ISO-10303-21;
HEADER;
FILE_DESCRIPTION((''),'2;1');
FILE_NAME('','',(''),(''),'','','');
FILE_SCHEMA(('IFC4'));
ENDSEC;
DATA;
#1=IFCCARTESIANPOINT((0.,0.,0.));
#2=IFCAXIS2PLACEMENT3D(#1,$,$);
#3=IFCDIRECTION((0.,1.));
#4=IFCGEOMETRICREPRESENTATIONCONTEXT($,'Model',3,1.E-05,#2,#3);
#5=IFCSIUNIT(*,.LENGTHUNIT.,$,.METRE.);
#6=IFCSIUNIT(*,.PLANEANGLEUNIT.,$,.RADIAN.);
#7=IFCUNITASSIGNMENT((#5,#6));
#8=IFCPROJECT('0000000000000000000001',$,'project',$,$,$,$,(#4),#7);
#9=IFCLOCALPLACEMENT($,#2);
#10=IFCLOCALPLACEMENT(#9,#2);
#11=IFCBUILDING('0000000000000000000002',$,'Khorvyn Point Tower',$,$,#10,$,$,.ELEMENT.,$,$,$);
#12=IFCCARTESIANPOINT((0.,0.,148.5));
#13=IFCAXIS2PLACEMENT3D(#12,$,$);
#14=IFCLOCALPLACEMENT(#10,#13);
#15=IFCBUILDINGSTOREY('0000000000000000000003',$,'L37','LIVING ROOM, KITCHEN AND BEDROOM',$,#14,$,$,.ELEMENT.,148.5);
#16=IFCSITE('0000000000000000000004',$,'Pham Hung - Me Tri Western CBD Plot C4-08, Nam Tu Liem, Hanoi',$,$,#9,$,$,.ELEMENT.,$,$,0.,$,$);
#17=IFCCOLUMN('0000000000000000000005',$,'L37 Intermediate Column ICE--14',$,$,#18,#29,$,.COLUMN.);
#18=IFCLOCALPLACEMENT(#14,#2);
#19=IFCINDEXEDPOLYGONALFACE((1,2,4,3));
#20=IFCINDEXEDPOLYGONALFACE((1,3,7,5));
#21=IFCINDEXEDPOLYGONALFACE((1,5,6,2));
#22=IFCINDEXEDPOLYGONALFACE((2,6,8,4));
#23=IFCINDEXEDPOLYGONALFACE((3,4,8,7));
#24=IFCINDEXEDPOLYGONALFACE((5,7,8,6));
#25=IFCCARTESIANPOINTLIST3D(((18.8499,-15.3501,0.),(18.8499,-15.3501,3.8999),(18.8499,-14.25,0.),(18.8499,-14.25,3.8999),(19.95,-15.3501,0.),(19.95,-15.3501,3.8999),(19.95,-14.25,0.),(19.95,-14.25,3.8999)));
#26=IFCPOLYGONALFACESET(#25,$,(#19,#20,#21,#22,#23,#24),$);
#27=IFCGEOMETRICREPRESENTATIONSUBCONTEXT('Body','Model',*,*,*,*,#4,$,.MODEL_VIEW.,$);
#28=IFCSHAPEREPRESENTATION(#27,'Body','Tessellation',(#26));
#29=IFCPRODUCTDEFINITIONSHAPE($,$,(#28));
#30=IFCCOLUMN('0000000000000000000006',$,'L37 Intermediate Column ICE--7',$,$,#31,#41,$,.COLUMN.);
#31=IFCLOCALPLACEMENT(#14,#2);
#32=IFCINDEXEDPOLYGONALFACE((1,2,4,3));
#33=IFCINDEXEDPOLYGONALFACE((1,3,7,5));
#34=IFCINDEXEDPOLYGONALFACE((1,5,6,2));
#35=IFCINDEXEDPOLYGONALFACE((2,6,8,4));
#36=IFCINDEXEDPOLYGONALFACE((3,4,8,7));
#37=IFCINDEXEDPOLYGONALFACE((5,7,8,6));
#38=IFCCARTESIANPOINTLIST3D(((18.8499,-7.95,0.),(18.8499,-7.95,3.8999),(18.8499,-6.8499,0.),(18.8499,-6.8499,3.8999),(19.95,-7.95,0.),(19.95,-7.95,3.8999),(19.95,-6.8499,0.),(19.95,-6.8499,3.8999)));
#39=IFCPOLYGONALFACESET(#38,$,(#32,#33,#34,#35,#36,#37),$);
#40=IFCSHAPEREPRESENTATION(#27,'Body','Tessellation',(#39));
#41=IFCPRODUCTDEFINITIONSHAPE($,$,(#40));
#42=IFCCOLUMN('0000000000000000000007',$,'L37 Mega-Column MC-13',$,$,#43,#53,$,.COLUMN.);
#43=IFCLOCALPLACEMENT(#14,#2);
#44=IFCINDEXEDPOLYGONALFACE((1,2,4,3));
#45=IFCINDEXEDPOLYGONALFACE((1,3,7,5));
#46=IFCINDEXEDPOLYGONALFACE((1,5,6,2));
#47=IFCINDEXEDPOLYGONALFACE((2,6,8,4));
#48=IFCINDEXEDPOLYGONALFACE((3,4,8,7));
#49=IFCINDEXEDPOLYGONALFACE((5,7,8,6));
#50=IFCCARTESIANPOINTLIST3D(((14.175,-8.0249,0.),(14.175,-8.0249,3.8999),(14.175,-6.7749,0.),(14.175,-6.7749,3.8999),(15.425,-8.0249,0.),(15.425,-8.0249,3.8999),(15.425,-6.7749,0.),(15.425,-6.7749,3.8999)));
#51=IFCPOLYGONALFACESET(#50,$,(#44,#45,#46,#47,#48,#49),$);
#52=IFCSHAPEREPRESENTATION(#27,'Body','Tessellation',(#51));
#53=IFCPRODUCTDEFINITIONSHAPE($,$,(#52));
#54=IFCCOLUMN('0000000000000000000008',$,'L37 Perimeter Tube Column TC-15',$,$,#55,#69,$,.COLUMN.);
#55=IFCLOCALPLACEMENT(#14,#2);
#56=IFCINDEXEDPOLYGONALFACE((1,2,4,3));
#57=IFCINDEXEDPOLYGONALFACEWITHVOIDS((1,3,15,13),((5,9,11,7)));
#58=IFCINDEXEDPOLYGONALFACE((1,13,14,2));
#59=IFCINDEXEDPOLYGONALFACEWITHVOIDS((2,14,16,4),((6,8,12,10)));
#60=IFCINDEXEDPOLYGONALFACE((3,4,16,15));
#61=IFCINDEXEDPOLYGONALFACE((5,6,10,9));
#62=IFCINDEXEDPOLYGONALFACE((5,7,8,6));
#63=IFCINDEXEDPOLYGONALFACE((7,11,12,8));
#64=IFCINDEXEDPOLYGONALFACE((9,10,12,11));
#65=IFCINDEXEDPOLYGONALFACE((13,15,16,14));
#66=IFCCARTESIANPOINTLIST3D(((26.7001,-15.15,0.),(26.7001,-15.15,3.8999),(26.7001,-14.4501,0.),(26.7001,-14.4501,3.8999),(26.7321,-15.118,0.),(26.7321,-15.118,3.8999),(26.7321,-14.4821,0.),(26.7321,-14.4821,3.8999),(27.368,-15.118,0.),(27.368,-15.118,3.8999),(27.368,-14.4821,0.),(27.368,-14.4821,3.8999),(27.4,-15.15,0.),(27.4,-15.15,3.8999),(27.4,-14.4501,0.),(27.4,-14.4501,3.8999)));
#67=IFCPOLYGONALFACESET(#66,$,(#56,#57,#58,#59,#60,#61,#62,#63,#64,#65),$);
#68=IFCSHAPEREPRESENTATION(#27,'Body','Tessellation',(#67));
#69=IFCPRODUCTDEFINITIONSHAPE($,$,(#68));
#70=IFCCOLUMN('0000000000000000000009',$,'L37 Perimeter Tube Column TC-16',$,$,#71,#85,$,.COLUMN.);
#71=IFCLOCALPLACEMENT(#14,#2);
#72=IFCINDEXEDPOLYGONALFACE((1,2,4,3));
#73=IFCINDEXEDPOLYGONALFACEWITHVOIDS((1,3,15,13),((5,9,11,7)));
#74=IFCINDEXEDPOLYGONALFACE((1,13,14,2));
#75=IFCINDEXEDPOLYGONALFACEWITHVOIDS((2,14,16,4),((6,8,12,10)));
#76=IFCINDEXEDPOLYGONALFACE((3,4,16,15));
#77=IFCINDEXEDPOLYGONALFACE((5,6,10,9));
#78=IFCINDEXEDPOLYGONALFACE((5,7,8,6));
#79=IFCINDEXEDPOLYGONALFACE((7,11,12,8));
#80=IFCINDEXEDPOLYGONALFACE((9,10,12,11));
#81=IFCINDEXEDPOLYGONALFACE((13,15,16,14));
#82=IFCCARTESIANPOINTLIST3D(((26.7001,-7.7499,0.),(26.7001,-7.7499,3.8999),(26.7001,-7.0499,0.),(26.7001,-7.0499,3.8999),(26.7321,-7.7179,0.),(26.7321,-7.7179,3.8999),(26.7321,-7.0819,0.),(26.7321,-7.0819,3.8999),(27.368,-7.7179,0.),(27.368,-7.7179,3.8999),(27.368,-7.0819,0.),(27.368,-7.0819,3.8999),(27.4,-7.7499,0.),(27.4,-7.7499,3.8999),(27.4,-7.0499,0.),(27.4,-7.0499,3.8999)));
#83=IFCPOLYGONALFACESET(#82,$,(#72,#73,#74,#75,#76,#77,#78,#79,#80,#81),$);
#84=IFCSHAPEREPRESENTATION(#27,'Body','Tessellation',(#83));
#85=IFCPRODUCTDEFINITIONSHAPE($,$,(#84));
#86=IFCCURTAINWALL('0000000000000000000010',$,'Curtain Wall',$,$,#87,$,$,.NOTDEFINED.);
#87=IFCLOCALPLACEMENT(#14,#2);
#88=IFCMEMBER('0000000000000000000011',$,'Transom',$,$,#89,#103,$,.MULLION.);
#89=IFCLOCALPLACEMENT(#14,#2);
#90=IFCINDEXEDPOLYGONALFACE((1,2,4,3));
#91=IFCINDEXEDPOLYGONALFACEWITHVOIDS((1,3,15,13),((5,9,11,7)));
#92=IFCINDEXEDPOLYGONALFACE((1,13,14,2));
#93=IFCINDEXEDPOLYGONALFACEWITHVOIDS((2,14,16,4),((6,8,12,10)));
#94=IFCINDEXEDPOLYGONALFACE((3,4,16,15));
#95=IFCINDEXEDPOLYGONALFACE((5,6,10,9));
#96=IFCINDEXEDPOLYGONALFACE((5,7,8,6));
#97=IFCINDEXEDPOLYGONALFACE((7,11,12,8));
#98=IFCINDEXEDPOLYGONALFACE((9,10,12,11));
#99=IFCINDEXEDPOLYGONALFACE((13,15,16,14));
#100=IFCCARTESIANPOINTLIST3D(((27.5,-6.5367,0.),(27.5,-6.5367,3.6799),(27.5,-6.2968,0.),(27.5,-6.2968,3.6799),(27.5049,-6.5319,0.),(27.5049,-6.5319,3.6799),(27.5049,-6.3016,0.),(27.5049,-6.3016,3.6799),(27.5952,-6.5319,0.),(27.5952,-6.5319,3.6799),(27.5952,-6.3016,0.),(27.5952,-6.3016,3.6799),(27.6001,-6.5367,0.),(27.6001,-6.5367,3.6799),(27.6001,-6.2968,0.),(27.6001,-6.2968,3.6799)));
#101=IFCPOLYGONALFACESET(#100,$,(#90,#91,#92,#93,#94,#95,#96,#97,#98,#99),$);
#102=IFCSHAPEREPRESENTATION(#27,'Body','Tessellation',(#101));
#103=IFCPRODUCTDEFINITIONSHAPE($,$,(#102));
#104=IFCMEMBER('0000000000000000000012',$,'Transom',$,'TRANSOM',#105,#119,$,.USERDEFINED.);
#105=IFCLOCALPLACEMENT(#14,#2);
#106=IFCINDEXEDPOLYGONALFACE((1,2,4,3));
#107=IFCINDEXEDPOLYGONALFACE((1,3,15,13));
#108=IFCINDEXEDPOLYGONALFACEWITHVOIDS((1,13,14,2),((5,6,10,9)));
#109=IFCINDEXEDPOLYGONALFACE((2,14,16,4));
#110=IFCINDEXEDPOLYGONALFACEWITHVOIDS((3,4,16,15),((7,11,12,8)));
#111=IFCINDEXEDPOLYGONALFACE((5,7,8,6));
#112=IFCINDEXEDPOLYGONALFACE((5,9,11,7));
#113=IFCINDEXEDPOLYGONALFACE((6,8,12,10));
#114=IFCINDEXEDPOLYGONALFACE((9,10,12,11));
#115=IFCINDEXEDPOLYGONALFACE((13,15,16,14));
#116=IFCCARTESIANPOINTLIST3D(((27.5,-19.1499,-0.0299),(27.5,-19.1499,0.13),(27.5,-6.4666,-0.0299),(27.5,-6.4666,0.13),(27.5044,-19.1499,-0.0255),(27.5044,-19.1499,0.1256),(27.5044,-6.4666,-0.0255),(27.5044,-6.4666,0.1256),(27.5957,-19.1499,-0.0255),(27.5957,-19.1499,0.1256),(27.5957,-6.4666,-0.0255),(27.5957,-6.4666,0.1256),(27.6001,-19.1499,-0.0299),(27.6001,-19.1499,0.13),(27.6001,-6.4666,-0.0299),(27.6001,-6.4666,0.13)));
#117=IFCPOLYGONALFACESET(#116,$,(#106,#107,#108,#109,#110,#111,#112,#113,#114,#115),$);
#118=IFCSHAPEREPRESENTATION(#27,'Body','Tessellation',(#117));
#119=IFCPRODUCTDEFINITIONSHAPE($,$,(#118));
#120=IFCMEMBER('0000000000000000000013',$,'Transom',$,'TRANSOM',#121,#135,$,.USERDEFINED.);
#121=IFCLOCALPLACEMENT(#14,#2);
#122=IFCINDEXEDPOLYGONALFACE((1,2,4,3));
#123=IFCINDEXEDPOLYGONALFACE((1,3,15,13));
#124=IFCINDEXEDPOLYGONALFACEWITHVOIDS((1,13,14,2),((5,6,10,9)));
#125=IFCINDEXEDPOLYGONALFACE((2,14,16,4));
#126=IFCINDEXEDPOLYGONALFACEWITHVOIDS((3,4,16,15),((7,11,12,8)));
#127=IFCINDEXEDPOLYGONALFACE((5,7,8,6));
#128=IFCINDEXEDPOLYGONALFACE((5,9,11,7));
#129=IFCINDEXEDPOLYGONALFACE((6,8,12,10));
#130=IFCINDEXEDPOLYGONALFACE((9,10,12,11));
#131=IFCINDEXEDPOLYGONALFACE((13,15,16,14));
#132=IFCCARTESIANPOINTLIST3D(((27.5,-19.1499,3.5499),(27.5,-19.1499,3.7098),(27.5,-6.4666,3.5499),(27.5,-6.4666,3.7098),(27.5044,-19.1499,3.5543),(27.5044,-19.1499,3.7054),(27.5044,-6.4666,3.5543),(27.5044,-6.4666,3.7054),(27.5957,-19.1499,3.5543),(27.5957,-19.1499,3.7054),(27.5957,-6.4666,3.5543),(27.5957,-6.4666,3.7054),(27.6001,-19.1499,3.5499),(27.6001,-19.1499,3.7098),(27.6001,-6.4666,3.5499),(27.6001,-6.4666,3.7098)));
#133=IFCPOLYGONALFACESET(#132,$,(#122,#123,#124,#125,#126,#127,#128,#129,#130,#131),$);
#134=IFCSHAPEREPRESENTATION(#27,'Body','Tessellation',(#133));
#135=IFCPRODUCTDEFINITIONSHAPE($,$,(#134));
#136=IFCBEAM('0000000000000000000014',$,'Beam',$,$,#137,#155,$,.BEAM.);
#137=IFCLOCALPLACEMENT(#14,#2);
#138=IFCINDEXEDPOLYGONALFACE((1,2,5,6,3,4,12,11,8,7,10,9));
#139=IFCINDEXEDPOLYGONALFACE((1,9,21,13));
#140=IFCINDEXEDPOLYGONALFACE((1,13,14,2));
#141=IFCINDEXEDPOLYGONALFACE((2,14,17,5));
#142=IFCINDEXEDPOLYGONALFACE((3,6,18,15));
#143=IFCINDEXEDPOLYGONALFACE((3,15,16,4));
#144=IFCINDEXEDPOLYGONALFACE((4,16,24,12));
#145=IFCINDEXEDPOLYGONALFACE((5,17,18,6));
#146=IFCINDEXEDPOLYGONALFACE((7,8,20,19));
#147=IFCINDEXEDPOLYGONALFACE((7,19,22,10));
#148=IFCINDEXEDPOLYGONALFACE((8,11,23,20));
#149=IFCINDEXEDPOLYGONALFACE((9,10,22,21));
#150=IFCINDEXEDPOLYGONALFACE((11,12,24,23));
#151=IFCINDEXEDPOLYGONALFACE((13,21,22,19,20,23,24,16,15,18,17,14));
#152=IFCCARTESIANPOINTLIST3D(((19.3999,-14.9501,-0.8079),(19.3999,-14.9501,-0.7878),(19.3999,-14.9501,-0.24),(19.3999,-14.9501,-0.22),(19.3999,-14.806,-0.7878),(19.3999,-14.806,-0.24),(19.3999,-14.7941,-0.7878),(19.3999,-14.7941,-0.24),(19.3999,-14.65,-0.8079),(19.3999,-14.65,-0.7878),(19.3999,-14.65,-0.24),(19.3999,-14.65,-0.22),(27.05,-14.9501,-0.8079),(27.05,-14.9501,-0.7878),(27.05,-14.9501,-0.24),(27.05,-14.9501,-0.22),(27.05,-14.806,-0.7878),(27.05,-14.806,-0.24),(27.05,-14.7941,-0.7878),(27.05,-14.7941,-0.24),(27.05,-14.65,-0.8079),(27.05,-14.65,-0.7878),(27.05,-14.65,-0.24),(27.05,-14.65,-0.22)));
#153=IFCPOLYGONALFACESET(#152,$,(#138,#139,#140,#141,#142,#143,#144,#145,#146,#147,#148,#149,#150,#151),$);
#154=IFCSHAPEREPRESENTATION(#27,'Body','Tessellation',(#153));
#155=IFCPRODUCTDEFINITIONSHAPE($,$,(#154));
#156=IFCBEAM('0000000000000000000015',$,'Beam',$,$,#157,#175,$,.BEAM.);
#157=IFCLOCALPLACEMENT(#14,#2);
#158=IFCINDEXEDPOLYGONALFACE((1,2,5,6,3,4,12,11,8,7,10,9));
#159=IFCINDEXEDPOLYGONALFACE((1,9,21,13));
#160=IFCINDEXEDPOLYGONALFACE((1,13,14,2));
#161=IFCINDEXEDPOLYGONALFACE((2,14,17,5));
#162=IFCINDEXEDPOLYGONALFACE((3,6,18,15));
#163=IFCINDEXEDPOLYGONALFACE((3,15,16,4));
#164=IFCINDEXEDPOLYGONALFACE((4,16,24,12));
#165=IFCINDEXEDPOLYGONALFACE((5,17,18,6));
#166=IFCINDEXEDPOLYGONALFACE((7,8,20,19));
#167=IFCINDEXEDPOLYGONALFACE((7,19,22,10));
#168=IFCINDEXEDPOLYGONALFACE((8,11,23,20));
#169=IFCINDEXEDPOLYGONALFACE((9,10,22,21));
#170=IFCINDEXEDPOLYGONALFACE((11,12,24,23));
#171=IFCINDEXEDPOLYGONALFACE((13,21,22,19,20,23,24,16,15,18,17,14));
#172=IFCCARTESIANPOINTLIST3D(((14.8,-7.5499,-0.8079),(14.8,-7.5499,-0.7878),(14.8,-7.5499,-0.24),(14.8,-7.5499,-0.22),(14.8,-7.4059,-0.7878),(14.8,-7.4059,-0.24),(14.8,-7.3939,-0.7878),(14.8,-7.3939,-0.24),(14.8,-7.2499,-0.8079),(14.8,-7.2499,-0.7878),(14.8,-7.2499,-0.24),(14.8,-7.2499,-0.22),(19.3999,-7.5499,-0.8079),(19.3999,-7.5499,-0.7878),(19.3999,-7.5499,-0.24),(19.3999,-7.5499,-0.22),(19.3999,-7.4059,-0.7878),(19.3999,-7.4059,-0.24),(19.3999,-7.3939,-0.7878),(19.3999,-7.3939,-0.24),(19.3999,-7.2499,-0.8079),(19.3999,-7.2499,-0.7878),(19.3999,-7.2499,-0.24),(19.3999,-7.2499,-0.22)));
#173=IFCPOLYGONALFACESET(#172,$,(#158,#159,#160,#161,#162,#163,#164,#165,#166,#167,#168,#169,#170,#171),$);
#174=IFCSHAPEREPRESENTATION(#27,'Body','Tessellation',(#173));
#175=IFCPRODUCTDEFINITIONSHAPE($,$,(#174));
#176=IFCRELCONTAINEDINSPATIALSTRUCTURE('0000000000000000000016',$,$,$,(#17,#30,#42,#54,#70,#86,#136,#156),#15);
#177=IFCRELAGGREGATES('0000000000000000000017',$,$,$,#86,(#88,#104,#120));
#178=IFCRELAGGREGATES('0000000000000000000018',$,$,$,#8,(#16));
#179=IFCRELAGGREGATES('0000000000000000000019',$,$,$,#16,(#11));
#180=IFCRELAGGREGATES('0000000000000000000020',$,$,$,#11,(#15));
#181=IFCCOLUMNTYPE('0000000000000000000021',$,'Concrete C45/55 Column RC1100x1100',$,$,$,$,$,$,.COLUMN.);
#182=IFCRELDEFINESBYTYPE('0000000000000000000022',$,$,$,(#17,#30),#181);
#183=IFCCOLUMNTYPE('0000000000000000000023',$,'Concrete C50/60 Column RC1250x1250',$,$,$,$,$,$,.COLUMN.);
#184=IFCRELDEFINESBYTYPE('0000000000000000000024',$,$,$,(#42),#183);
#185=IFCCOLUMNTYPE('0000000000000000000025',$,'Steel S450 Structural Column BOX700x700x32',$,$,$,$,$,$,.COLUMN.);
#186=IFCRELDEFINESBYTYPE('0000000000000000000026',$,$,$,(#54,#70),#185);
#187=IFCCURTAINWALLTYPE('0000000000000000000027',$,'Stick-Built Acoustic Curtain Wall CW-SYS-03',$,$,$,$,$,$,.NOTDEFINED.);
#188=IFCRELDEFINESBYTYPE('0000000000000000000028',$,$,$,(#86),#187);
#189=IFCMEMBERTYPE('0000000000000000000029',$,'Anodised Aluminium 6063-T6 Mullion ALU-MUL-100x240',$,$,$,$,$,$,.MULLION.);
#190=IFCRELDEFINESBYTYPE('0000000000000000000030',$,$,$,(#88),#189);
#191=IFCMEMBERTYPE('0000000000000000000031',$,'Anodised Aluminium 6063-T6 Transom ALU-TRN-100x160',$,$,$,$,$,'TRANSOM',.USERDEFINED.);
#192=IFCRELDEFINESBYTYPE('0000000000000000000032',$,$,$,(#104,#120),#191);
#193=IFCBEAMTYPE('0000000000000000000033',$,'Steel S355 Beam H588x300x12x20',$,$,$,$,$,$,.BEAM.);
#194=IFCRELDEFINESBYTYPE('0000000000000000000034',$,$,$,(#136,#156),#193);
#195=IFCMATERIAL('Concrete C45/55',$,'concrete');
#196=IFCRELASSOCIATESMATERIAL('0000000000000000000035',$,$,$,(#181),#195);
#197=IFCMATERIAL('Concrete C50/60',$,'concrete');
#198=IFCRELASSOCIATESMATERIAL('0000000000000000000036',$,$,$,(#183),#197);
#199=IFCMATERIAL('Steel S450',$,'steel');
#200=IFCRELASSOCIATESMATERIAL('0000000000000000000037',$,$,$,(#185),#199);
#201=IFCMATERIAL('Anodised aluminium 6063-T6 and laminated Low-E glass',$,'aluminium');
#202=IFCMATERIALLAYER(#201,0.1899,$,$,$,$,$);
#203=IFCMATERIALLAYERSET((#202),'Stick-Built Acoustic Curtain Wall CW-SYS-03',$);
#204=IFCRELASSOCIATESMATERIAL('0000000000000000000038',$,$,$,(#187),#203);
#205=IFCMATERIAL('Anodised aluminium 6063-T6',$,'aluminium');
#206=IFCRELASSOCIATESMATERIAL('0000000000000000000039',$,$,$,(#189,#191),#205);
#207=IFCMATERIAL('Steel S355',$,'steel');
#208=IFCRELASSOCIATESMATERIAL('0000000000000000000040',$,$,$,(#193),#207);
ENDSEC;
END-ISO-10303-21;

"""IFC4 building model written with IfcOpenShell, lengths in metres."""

from ifc_helpers import new_model, si_unit, direction, frame, origin, origin_2d, place, context, subcontext, project, spatial, rectangle, hollow_rectangle, i_section, extrude, material, layer, layer_set, material_profile, profile_set, type_object, element, aggregate, save


model = new_model("IFC4")

# Units and contexts
model_context = context("Model", 3, precision=1e-05, world=origin(), true_north=direction((0.0, 1.0)))
body_context = subcontext(model_context, "Body", "Model", "MODEL_VIEW")
ifc_project = project(units=[si_unit("LENGTHUNIT", "METRE"), si_unit("PLANEANGLEUNIT", "RADIAN")], contexts=[model_context])

# Site, building, storey
site_placement = place(None, origin())
site = spatial("IfcSite", under=ifc_project, at=site_placement, Name="Pham Hung - Me Tri Western CBD Plot C4-08, Nam Tu Liem, Hanoi", CompositionType="ELEMENT", RefElevation=0.0)
building_placement = place(site_placement, origin())
building = spatial("IfcBuilding", under=site, at=building_placement, Name="Khorvyn Point Tower", CompositionType="ELEMENT")
storey_placement = place(building_placement, frame((0.0, 0.0, 148.5)))
storey = spatial("IfcBuildingStorey", under=building, at=storey_placement, Name="L37", Description="LIVING ROOM, KITCHEN AND BEDROOM", CompositionType="ELEMENT", Elevation=148.5)

# Columns
ifc_material_1 = material(Name="Concrete C45/55", Category="concrete")
ifc_material_profile_1 = material_profile(ifc_material_1, rectangle(XDim=1.1001, YDim=1.1001, at=origin_2d()))
ifc_profile_set_1 = profile_set([ifc_material_profile_1], Name="Concrete C45/55 RC1100x1100")
column_type_1 = type_object("IfcColumnType", Name="Concrete C45/55 Column RC1100x1100", PredefinedType="COLUMN", material=ifc_profile_set_1)
for number, where, z_axis, x_axis, name in (
    (1, (19.3999, -14.8, 0.0), (0.0, 0.0, 1.0), (1.0, 0.0, 0.0), "L37 Intermediate Column ICE--14"),
    (2, (19.3999, -7.3999, 0.0), (0.0, 0.0, 1.0), (1.0, 0.0, 0.0), "L37 Intermediate Column ICE--7"),
):
    element("IfcColumn", number, at=place(storey_placement, frame(where, z_axis=z_axis, x_axis=x_axis)), inside=storey, type_object=column_type_1, Name=name, PredefinedType="COLUMN", context=body_context, shape_type="SweptSolid", body=[
        extrude(rectangle(XDim=1.1001, YDim=1.1001, at=origin_2d()), origin(), (0.0, 0.0, 1.0), 3.8999),
    ])
ifc_material_2 = material(Name="Concrete C50/60", Category="concrete")
ifc_material_profile_2 = material_profile(ifc_material_2, rectangle(XDim=1.25, YDim=1.25, at=origin_2d()))
ifc_profile_set_2 = profile_set([ifc_material_profile_2], Name="Concrete C50/60 RC1250x1250")
column_type_2 = type_object("IfcColumnType", Name="Concrete C50/60 Column RC1250x1250", PredefinedType="COLUMN", material=ifc_profile_set_2)
column_placement = place(storey_placement, frame((14.8, -7.3999, 0.0), z_axis=(0.0, 0.0, 1.0), x_axis=(1.0, 0.0, 0.0)))
element("IfcColumn", 3, at=column_placement, inside=storey, type_object=column_type_2, Name="L37 Mega-Column MC-13", PredefinedType="COLUMN", context=body_context, shape_type="SweptSolid", body=[
    extrude(rectangle(XDim=1.25, YDim=1.25, at=origin_2d()), origin(), (0.0, 0.0, 1.0), 3.8999),
])
ifc_material_3 = material(Name="Steel S450", Category="steel")
ifc_material_profile_3 = material_profile(ifc_material_3, hollow_rectangle(XDim=0.7, YDim=0.7, WallThickness=0.032, at=origin_2d()))
ifc_profile_set_3 = profile_set([ifc_material_profile_3], Name="Steel S450 BOX700x700x32")
column_type_3 = type_object("IfcColumnType", Name="Steel S450 Structural Column BOX700x700x32", PredefinedType="COLUMN", material=ifc_profile_set_3)
for number, where, z_axis, x_axis, name in (
    (4, (27.05, -14.8, 0.0), (0.0, 0.0, 1.0), (1.0, 0.0, 0.0), "L37 Perimeter Tube Column TC-15"),
    (5, (27.05, -7.3999, 0.0), (0.0, 0.0, 1.0), (1.0, 0.0, 0.0), "L37 Perimeter Tube Column TC-16"),
):
    element("IfcColumn", number, at=place(storey_placement, frame(where, z_axis=z_axis, x_axis=x_axis)), inside=storey, type_object=column_type_3, Name=name, PredefinedType="COLUMN", context=body_context, shape_type="SweptSolid", body=[
        extrude(hollow_rectangle(XDim=0.7, YDim=0.7, WallThickness=0.032, at=origin_2d()), origin(), (0.0, 0.0, 1.0), 3.8999),
    ])

# Curtain wall, members
ifc_material_4 = material(Name="Anodised aluminium 6063-T6 and laminated Low-E glass", Category="aluminium")
ifc_layer_1 = layer(ifc_material_4, 0.1899)
ifc_layer_set_1 = layer_set([ifc_layer_1], Name="Stick-Built Acoustic Curtain Wall CW-SYS-03")
curtain_wall_type = type_object("IfcCurtainWallType", Name="Stick-Built Acoustic Curtain Wall CW-SYS-03", PredefinedType="NOTDEFINED", material=ifc_layer_set_1)
curtain_wall_placement = place(storey_placement, origin())
curtain_wall = element("IfcCurtainWall", 6, at=curtain_wall_placement, inside=storey, type_object=curtain_wall_type, Name="Curtain Wall", PredefinedType="NOTDEFINED")
ifc_material_5 = material(Name="Anodised aluminium 6063-T6", Category="aluminium")
ifc_material_profile_4 = material_profile(ifc_material_5, hollow_rectangle(XDim=0.1001, YDim=0.24, WallThickness=0.0049, at=origin_2d()))
ifc_profile_set_4 = profile_set([ifc_material_profile_4], Name="Anodised aluminium 6063-T6 ALU-MUL-100x240")
member_type_1 = type_object("IfcMemberType", Name="Anodised Aluminium 6063-T6 Mullion ALU-MUL-100x240", PredefinedType="MULLION", material=ifc_profile_set_4)
member_1_placement = place(storey_placement, frame((27.55, -6.4167, 0.0), z_axis=(0.0, 0.0, 1.0), x_axis=(1.0, 0.0, 0.0)))
member_1 = element("IfcMember", 7, at=member_1_placement, type_object=member_type_1, Name="Transom", PredefinedType="MULLION", context=body_context, shape_type="SweptSolid", body=[
    extrude(hollow_rectangle(XDim=0.1001, YDim=0.24, WallThickness=0.0049, at=origin_2d()), origin(), (0.0, 0.0, 1.0), 3.6799),
])
ifc_material_profile_5 = material_profile(ifc_material_5, hollow_rectangle(XDim=0.1001, YDim=0.1599, WallThickness=0.0044, at=origin_2d()))
ifc_profile_set_5 = profile_set([ifc_material_profile_5], Name="Anodised aluminium 6063-T6 ALU-TRN-100x160")
member_type_2 = type_object("IfcMemberType", Name="Anodised Aluminium 6063-T6 Transom ALU-TRN-100x160", ElementType="TRANSOM", PredefinedType="USERDEFINED", material=ifc_profile_set_5)
member_2_placement = place(storey_placement, frame((27.55, -6.4666, 0.05), z_axis=(0.0, -1.0, 0.0), x_axis=(1.0, 0.0, 0.0)))
member_2 = element("IfcMember", 8, at=member_2_placement, type_object=member_type_2, Name="Transom", ObjectType="TRANSOM", PredefinedType="USERDEFINED", context=body_context, shape_type="SweptSolid", body=[
    extrude(hollow_rectangle(XDim=0.1001, YDim=0.1599, WallThickness=0.0044, at=origin_2d()), origin(), (0.0, 0.0, 1.0), 12.6833),
])
member_3_placement = place(storey_placement, frame((27.55, -6.4666, 3.6299), z_axis=(0.0, -1.0, 0.0), x_axis=(1.0, 0.0, 0.0)))
member_3 = element("IfcMember", 9, at=member_3_placement, type_object=member_type_2, Name="Transom", ObjectType="TRANSOM", PredefinedType="USERDEFINED", context=body_context, shape_type="SweptSolid", body=[
    extrude(hollow_rectangle(XDim=0.1001, YDim=0.1599, WallThickness=0.0044, at=origin_2d()), origin(), (0.0, 0.0, 1.0), 12.6833),
])

# Beams
ifc_material_6 = material(Name="Steel S355", Category="steel")
ifc_material_profile_6 = material_profile(ifc_material_6, i_section(OverallWidth=0.3, OverallDepth=0.5879, WebThickness=0.012, FlangeThickness=0.02, at=origin_2d()))
ifc_profile_set_6 = profile_set([ifc_material_profile_6], Name="Steel S355 H588x300x12x20")
beam_type_1 = type_object("IfcBeamType", Name="Steel S355 Beam H588x300x12x20", PredefinedType="BEAM", material=ifc_profile_set_6)
beam_1_placement = place(storey_placement, frame((19.3999, -14.8, -0.5139), z_axis=(1.0, 0.0, 0.0), x_axis=(0.0, 1.0, 0.0)))
element("IfcBeam", 10, at=beam_1_placement, inside=storey, type_object=beam_type_1, Name="Beam", PredefinedType="BEAM", context=body_context, shape_type="SweptSolid", body=[
    extrude(i_section(OverallWidth=0.3, OverallDepth=0.5879, WebThickness=0.012, FlangeThickness=0.02, at=origin_2d()), origin(), (0.0, 0.0, 1.0), 7.6501),
])
beam_2_placement = place(storey_placement, frame((14.8, -7.3999, -0.5139), z_axis=(1.0, 0.0, 0.0), x_axis=(0.0, 1.0, 0.0)))
element("IfcBeam", 11, at=beam_2_placement, inside=storey, type_object=beam_type_1, Name="Beam", PredefinedType="BEAM", context=body_context, shape_type="SweptSolid", body=[
    extrude(i_section(OverallWidth=0.3, OverallDepth=0.5879, WebThickness=0.012, FlangeThickness=0.02, at=origin_2d()), origin(), (0.0, 0.0, 1.0), 4.5999),
])

aggregate(curtain_wall, [member_1, member_2, member_3])

save(model, "model.ifc")
